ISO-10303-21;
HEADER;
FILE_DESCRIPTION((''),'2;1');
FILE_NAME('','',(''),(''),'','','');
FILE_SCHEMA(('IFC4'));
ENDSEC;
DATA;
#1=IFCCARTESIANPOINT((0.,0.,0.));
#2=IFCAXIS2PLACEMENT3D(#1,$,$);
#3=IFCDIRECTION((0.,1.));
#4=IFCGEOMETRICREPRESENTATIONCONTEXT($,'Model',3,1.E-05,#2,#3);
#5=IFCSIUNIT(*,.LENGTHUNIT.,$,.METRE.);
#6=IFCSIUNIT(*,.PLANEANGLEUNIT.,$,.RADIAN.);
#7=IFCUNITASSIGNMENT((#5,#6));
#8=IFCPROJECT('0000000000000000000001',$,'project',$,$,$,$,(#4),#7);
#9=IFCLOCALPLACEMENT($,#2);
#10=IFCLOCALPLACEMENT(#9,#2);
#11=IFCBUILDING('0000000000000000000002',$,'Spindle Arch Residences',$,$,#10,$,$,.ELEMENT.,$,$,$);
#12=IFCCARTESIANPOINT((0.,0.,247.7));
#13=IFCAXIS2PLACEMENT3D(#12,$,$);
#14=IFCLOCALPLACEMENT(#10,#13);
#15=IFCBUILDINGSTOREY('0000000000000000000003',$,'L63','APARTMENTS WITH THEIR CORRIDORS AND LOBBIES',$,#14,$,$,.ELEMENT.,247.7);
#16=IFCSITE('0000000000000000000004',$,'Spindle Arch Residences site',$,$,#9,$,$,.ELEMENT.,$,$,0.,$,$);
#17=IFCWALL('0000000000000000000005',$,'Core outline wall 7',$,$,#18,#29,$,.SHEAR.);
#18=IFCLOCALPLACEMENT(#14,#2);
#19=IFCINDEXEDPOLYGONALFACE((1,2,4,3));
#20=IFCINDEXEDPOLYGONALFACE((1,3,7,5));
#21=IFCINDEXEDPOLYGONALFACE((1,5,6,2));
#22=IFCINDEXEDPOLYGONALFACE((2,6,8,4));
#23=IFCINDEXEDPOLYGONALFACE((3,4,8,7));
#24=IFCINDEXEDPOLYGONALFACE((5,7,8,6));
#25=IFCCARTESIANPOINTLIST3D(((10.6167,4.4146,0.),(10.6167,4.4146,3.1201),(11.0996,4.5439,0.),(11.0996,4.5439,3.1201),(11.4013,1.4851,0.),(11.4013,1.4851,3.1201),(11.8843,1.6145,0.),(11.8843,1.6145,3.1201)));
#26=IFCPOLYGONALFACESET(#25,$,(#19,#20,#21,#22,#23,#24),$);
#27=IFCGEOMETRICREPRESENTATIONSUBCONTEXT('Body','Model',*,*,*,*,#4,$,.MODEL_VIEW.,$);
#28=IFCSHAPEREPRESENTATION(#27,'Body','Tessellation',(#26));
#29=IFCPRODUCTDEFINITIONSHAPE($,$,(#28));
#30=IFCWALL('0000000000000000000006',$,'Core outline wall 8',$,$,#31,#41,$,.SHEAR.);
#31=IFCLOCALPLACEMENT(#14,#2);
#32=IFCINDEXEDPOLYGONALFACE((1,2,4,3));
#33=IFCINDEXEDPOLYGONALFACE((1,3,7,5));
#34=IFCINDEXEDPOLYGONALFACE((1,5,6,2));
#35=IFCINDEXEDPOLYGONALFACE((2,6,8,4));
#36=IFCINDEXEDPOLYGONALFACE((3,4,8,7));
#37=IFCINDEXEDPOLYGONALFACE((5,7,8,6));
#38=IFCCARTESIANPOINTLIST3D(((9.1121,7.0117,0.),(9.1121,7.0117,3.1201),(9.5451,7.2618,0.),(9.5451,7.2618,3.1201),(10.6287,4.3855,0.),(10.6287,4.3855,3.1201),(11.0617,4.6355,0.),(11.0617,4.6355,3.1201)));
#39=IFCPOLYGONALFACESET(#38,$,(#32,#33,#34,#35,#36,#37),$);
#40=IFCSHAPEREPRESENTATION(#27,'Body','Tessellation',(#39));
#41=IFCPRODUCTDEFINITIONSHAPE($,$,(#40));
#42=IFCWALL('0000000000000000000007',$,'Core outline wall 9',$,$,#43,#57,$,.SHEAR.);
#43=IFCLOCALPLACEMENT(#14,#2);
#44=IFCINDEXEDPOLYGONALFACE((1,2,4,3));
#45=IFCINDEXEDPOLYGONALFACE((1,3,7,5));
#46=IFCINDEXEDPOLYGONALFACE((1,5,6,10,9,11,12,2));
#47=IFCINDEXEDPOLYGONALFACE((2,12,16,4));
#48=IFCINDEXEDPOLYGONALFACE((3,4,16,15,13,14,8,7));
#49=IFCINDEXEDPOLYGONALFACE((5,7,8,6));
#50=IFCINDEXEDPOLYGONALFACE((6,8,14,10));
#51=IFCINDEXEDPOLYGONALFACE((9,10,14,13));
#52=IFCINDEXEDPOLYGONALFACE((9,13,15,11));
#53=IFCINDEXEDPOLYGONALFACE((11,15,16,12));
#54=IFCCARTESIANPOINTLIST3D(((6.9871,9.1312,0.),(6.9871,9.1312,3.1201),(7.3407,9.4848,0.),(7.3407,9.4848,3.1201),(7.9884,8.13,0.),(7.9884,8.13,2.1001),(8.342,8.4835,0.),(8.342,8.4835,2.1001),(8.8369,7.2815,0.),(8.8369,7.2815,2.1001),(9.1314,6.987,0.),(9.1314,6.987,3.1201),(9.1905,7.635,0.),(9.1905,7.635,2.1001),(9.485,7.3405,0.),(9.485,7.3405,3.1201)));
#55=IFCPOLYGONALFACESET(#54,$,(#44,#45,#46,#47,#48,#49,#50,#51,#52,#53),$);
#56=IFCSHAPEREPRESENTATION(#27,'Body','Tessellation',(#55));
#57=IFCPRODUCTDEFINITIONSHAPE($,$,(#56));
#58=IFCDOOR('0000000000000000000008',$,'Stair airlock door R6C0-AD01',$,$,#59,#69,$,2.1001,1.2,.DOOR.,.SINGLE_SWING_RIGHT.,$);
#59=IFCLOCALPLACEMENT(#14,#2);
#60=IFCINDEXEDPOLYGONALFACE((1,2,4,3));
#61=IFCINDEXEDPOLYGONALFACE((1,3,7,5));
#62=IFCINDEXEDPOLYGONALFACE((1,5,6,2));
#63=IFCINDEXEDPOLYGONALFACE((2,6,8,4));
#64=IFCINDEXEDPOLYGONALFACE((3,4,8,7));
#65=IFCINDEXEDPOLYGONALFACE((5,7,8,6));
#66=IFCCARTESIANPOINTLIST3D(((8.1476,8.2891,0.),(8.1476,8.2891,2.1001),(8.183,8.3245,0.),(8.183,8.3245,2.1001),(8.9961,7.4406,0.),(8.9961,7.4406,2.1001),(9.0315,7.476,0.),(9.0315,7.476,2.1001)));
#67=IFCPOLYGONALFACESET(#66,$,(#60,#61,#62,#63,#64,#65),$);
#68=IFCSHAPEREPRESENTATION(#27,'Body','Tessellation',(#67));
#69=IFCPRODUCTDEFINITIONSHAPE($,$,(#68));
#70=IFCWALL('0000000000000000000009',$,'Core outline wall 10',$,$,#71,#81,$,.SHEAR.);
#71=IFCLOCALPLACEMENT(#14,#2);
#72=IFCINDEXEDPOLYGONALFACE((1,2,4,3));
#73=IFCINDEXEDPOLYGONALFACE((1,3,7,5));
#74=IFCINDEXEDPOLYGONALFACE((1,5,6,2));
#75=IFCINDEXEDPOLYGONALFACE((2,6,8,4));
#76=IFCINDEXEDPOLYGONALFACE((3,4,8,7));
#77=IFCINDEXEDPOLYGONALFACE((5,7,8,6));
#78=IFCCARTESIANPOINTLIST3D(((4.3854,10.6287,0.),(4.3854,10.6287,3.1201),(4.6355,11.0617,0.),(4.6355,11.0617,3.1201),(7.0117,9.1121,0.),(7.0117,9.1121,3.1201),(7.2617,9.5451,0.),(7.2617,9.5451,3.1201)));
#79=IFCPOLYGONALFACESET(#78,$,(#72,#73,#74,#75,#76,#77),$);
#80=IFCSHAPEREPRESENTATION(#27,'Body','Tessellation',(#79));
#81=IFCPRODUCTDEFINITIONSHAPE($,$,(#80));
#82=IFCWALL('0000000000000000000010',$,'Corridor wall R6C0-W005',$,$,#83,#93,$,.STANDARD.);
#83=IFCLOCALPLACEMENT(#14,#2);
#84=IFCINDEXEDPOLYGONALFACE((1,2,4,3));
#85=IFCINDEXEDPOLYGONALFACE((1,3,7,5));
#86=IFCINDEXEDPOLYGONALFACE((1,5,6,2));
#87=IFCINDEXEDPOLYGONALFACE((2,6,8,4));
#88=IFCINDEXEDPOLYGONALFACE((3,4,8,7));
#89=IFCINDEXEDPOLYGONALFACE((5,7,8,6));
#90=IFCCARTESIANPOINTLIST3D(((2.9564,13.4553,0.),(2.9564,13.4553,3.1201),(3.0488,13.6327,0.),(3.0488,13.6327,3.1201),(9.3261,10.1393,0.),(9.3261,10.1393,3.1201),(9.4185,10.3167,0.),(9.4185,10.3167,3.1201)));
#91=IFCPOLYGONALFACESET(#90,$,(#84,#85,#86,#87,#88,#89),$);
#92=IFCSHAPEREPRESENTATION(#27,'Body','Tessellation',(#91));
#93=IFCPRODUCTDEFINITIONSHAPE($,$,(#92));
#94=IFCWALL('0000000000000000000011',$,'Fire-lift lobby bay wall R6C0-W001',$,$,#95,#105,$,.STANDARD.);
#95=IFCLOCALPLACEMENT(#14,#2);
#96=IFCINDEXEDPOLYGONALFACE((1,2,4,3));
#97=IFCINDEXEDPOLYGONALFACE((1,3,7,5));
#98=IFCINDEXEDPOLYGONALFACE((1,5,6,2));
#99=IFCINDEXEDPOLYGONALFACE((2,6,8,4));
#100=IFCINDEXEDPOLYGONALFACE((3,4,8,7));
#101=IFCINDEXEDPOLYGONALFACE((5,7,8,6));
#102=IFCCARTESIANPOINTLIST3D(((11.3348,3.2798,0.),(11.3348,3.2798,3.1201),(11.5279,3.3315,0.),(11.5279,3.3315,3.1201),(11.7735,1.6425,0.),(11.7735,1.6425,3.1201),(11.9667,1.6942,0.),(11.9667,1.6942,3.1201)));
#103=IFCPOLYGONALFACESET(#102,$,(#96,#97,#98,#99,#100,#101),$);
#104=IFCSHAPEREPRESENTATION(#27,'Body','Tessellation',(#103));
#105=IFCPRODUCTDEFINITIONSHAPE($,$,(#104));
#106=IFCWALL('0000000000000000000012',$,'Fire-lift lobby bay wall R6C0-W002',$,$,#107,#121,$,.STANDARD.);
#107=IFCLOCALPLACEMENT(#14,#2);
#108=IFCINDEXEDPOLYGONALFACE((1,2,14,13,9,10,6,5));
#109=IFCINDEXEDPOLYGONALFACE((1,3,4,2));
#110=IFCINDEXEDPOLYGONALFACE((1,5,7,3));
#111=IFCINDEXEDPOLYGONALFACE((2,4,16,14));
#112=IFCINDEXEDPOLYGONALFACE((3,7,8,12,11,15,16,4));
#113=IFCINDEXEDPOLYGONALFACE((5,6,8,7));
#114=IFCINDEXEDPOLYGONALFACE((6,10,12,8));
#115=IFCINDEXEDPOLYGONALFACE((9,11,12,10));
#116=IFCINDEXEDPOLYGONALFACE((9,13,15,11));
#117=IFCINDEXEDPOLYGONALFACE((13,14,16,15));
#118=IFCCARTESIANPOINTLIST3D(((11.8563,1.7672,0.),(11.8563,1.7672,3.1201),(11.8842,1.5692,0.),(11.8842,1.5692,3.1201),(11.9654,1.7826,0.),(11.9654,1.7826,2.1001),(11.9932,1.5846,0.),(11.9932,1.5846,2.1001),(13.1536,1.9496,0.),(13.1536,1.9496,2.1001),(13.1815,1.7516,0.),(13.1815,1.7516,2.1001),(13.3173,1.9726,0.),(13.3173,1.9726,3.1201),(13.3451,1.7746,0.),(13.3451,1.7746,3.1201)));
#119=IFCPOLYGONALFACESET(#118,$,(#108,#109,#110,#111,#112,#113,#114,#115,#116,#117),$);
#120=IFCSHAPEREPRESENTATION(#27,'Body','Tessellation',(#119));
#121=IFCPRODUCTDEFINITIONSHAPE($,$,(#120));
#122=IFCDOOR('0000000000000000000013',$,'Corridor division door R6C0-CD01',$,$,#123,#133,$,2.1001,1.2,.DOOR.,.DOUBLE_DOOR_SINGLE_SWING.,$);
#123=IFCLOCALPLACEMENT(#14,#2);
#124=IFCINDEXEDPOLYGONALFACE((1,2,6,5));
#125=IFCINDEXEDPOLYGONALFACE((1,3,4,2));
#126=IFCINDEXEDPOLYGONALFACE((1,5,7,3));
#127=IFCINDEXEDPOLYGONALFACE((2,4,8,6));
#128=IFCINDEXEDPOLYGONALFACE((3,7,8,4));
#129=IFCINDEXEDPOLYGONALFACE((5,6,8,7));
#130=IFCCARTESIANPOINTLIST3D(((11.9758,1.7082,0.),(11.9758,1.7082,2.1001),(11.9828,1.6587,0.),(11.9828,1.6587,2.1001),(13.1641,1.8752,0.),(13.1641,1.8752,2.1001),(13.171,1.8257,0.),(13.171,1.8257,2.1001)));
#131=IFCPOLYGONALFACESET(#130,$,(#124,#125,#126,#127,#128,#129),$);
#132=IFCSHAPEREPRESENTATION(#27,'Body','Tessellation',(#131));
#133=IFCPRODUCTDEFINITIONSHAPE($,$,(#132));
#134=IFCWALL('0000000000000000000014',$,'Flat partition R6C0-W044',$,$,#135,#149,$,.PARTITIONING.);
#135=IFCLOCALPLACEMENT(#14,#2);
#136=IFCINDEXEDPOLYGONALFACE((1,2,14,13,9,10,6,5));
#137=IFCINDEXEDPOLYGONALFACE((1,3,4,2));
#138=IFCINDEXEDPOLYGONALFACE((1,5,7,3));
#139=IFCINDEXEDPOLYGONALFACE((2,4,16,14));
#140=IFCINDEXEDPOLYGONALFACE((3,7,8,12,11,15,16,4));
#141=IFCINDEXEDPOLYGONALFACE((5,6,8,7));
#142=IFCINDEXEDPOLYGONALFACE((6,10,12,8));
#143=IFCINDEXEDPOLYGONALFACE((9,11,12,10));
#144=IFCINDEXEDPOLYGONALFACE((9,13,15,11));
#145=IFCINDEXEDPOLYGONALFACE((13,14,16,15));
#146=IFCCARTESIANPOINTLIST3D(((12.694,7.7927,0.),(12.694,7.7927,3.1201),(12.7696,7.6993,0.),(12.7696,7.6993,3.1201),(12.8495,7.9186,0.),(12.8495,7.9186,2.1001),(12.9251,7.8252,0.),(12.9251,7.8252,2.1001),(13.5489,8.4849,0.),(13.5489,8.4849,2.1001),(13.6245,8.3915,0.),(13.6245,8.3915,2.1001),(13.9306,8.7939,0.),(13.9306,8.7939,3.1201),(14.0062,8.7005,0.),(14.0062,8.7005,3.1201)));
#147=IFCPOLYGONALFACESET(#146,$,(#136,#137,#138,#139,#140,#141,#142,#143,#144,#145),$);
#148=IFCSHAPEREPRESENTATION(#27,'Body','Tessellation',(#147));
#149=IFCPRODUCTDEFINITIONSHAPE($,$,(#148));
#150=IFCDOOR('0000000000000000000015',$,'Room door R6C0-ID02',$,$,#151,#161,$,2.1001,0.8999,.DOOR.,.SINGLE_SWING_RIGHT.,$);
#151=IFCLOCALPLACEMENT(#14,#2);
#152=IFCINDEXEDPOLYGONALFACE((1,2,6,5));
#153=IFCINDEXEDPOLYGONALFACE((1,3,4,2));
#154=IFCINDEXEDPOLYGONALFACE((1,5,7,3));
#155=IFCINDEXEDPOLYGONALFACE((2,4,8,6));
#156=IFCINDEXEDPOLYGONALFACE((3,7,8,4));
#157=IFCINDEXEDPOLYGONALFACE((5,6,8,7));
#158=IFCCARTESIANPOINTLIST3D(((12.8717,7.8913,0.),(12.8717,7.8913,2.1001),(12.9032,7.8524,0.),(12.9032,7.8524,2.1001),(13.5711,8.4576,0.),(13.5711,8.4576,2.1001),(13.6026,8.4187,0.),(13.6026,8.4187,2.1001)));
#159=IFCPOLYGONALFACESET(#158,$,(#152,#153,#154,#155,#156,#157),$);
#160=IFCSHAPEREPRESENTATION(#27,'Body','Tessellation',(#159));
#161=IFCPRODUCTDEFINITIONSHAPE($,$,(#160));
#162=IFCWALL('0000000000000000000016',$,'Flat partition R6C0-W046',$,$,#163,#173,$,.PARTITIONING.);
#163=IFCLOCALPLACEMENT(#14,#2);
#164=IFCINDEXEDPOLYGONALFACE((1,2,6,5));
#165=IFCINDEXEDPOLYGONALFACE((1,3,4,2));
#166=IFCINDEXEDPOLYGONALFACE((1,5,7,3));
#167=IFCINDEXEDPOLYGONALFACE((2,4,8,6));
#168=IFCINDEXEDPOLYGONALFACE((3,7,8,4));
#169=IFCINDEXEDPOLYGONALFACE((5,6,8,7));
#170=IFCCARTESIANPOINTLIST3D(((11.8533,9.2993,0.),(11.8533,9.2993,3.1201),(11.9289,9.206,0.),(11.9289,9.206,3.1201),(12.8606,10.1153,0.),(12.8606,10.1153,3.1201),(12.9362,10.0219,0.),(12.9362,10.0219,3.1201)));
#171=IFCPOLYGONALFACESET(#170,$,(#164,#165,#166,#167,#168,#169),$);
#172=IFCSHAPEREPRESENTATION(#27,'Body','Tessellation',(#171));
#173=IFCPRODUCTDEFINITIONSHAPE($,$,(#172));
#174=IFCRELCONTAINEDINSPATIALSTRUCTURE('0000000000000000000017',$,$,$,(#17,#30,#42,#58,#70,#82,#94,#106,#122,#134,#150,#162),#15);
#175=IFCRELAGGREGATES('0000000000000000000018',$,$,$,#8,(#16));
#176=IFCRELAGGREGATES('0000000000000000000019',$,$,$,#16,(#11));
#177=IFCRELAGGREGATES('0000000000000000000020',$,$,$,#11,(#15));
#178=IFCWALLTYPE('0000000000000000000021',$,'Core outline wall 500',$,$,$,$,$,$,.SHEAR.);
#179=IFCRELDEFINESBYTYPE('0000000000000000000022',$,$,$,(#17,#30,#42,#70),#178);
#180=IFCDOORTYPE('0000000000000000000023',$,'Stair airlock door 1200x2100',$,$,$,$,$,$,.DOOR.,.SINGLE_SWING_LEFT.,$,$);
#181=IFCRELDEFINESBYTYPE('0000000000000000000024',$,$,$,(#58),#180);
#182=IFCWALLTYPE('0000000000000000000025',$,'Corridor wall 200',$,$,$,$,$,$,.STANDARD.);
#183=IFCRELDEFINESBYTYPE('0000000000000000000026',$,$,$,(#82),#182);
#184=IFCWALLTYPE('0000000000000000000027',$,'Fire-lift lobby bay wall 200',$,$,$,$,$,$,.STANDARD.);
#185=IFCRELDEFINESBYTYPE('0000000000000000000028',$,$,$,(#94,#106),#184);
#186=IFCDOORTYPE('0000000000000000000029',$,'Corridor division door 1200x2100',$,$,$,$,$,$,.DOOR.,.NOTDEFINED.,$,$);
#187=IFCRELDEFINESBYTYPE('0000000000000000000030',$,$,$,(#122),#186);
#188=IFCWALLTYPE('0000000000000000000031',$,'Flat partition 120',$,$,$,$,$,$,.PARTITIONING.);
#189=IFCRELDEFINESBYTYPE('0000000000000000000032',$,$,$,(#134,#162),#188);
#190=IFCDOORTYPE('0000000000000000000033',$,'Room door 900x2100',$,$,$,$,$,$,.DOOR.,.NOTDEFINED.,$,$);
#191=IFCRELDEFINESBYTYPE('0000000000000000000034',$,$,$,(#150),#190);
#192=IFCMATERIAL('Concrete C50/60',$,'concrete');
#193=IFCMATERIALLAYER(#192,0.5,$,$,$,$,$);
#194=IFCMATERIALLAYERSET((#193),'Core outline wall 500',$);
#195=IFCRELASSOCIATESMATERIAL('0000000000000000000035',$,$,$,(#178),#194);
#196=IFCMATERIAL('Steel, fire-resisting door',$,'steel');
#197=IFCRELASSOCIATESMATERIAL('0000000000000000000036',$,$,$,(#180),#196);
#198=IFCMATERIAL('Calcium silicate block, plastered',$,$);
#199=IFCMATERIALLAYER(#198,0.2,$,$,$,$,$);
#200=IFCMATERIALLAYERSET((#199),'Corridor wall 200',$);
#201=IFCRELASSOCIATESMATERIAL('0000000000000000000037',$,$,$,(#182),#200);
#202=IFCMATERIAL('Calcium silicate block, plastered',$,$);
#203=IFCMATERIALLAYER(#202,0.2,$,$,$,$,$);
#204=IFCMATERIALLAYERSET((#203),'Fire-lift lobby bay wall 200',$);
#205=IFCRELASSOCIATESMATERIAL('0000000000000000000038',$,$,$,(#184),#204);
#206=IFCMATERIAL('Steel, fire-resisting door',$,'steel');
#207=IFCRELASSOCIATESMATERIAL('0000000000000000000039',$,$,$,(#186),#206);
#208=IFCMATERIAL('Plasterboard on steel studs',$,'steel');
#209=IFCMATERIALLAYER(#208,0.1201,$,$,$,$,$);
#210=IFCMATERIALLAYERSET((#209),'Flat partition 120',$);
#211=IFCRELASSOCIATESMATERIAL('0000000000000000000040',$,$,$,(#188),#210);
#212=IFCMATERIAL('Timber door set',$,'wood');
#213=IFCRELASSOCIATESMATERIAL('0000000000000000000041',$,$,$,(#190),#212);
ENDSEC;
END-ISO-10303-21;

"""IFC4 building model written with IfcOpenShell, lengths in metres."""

from ifc_helpers import new_model, si_unit, direction, frame, frame_2d, origin, place, context, subcontext, project, spatial, rectangle, extrude, material, layer, layer_set, type_object, element, fill, save


model = new_model("IFC4")

# Units and contexts
model_context = context("Model", 3, precision=1e-05, world=origin(), true_north=direction((0.0, 1.0)))
body_context = subcontext(model_context, "Body", "Model", "MODEL_VIEW")
ifc_project = project(units=[si_unit("LENGTHUNIT", "METRE"), si_unit("PLANEANGLEUNIT", "RADIAN")], contexts=[model_context])

# Site, building, storey
site_placement = place(None, origin())
site = spatial("IfcSite", under=ifc_project, at=site_placement, Name="Spindle Arch Residences site", CompositionType="ELEMENT", RefElevation=0.0)
building_placement = place(site_placement, origin())
building = spatial("IfcBuilding", under=site, at=building_placement, Name="Spindle Arch Residences", CompositionType="ELEMENT")
storey_placement = place(building_placement, frame((0.0, 0.0, 247.7)))
storey = spatial("IfcBuildingStorey", under=building, at=storey_placement, Name="L63", Description="APARTMENTS WITH THEIR CORRIDORS AND LOBBIES", CompositionType="ELEMENT", Elevation=247.7)

# Walls
ifc_material_1 = material(Name="Concrete C50/60", Category="concrete")
ifc_layer_1 = layer(ifc_material_1, 0.5)
ifc_layer_set_1 = layer_set([ifc_layer_1], Name="Core outline wall 500")
wall_type_1 = type_object("IfcWallType", Name="Core outline wall 500", PredefinedType="SHEAR", material=ifc_layer_set_1)
for number, where, z_axis, x_axis, name in (
    (1, (11.6428, 1.5498, 0.0), (0.0, 0.0, 1.0), (-0.258735, 0.965948, 0.0), "Core outline wall 7"),
    (2, (10.8452, 4.5105, 0.0), (0.0, 0.0, 1.0), (-0.500087, 0.865975, 0.0), "Core outline wall 8"),
):
    element("IfcWall", number, at=place(storey_placement, frame(where, z_axis=z_axis, x_axis=x_axis)), inside=storey, type_object=wall_type_1, Name=name, PredefinedType="SHEAR", context=body_context, shape_type="SweptSolid", body=[
        extrude(rectangle(XDim=3.0327, YDim=0.5, at=frame_2d((1.5164, 0.0))), origin(), (0.0, 0.0, 1.0), 3.1201),
    ])

# Wall, opening, door
wall_1_placement = place(storey_placement, frame((9.3081, 7.1638, 0.0), z_axis=(0.0, 0.0, 1.0), x_axis=(-0.707107, 0.707107, 0.0)))
wall_1 = element("IfcWall", 3, at=wall_1_placement, inside=storey, type_object=wall_type_1, Name="Core outline wall 9", PredefinedType="SHEAR", context=body_context, shape_type="SweptSolid", body=[
    extrude(rectangle(XDim=3.0325, YDim=0.5, at=frame_2d((1.5161, 0.0))), origin(), (0.0, 0.0, 1.0), 3.1201),
])
opening_1_placement = place(wall_1_placement, frame((0.4163, 0.0, 0.0)))
opening_1 = element("IfcOpeningElement", 4, at=opening_1_placement, cuts=wall_1, PredefinedType="OPENING", context=body_context, shape_type="SweptSolid", body=[
    extrude(rectangle(XDim=1.2, YDim=2.1001, at=frame_2d((0.6001, 1.05))), frame((0.0, 0.26, 0.0), z_axis=(0.0, -1.0, 0.0), x_axis=(1.0, 0.0, 0.0)), (0.0, 0.0, 1.0), 0.52),
])
ifc_material_2 = material(Name="Steel, fire-resisting door", Category="steel")
door_type_1 = type_object("IfcDoorType", Name="Stair airlock door 1200x2100", OperationType="SINGLE_SWING_LEFT", PredefinedType="DOOR", material=ifc_material_2)
door_1_placement = place(opening_1_placement, origin())
door_1 = element("IfcDoor", 5, at=door_1_placement, inside=storey, type_object=door_type_1, Name="Stair airlock door R6C0-AD01", OperationType="SINGLE_SWING_RIGHT", OverallHeight=2.1001, OverallWidth=1.2, PredefinedType="DOOR", context=body_context, shape_type="SweptSolid", body=[
    extrude(rectangle(XDim=1.2, YDim=2.1001, at=frame_2d((0.6001, 1.05))), frame((0.0, 0.0249, 0.0), z_axis=(0.0, -1.0, 0.0), x_axis=(1.0, 0.0, 0.0)), (0.0, 0.0, 1.0), 0.05),
])
fill(opening_1, door_1)

# Walls
wall_2_placement = place(storey_placement, frame((7.1367, 9.3286, 0.0), z_axis=(0.0, 0.0, 1.0), x_axis=(-0.865975, 0.500087, 0.0)))
element("IfcWall", 6, at=wall_2_placement, inside=storey, type_object=wall_type_1, Name="Core outline wall 10", PredefinedType="SHEAR", context=body_context, shape_type="SweptSolid", body=[
    extrude(rectangle(XDim=3.0327, YDim=0.5, at=frame_2d((1.5164, 0.0))), origin(), (0.0, 0.0, 1.0), 3.1201),
])
ifc_material_3 = material(Name="Calcium silicate block, plastered")
ifc_layer_2 = layer(ifc_material_3, 0.2)
ifc_layer_set_2 = layer_set([ifc_layer_2], Name="Corridor wall 200")
wall_type_2 = type_object("IfcWallType", Name="Corridor wall 200", PredefinedType="STANDARD", material=ifc_layer_set_2)
wall_3_placement = place(storey_placement, frame((9.3723, 10.228, 0.0), z_axis=(0.0, 0.0, 1.0), x_axis=(-0.887005, 0.461759, 0.0)))
element("IfcWall", 7, at=wall_3_placement, inside=storey, type_object=wall_type_2, Name="Corridor wall R6C0-W005", PredefinedType="STANDARD", context=body_context, shape_type="SweptSolid", body=[
    extrude(rectangle(XDim=7.1812, YDim=0.2, at=frame_2d((3.5906, 0.0))), origin(), (0.0, 0.0, 1.0), 3.1201),
])
ifc_material_4 = material(Name="Calcium silicate block, plastered")
ifc_layer_3 = layer(ifc_material_4, 0.2)
ifc_layer_set_3 = layer_set([ifc_layer_3], Name="Fire-lift lobby bay wall 200")
wall_type_3 = type_object("IfcWallType", Name="Fire-lift lobby bay wall 200", PredefinedType="STANDARD", material=ifc_layer_set_3)
wall_4_placement = place(storey_placement, frame((11.8701, 1.6682, 0.0), z_axis=(0.0, 0.0, 1.0), x_axis=(-0.258837, 0.965921, 0.0)))
element("IfcWall", 8, at=wall_4_placement, inside=storey, type_object=wall_type_3, Name="Fire-lift lobby bay wall R6C0-W001", PredefinedType="STANDARD", context=body_context, shape_type="SweptSolid", body=[
    extrude(rectangle(XDim=1.6951, YDim=0.2, at=frame_2d((0.8477, 0.0))), origin(), (0.0, 0.0, 1.0), 3.1201),
])

# Walls, openings, doors
wall_5_placement = place(storey_placement, frame((11.8701, 1.6682, 0.0), z_axis=(0.0, 0.0, 1.0), x_axis=(0.990268, 0.139174, 0.0)))
wall_5 = element("IfcWall", 9, at=wall_5_placement, inside=storey, type_object=wall_type_3, Name="Fire-lift lobby bay wall R6C0-W002", PredefinedType="STANDARD", context=body_context, shape_type="SweptSolid", body=[
    extrude(rectangle(XDim=1.4753, YDim=0.2, at=frame_2d((0.7378, 0.0))), origin(), (0.0, 0.0, 1.0), 3.1201),
])
opening_2_placement = place(wall_5_placement, frame((0.1101, 0.0, 0.0)))
opening_2 = element("IfcOpeningElement", 10, at=opening_2_placement, cuts=wall_5, PredefinedType="OPENING", context=body_context, shape_type="SweptSolid", body=[
    extrude(rectangle(XDim=1.2, YDim=2.1001, at=frame_2d((0.6001, 1.05))), frame((0.0, 0.1099, 0.0), z_axis=(0.0, -1.0, 0.0), x_axis=(1.0, 0.0, 0.0)), (0.0, 0.0, 1.0), 0.22),
])
ifc_material_5 = material(Name="Steel, fire-resisting door", Category="steel")
door_type_2 = type_object("IfcDoorType", Name="Corridor division door 1200x2100", OperationType="NOTDEFINED", PredefinedType="DOOR", material=ifc_material_5)
door_2_placement = place(opening_2_placement, origin())
door_2 = element("IfcDoor", 11, at=door_2_placement, inside=storey, type_object=door_type_2, Name="Corridor division door R6C0-CD01", OperationType="DOUBLE_DOOR_SINGLE_SWING", OverallHeight=2.1001, OverallWidth=1.2, PredefinedType="DOOR", context=body_context, shape_type="SweptSolid", body=[
    extrude(rectangle(XDim=1.2, YDim=2.1001, at=frame_2d((0.6001, 1.05))), frame((0.0, 0.0249, 0.0), z_axis=(0.0, -1.0, 0.0), x_axis=(1.0, 0.0, 0.0)), (0.0, 0.0, 1.0), 0.05),
])
fill(opening_2, door_2)
ifc_material_6 = material(Name="Plasterboard on steel studs", Category="steel")
ifc_layer_4 = layer(ifc_material_6, 0.1201)
ifc_layer_set_4 = layer_set([ifc_layer_4], Name="Flat partition 120")
wall_type_4 = type_object("IfcWallType", Name="Flat partition 120", PredefinedType="PARTITIONING", material=ifc_layer_set_4)
wall_6_placement = place(storey_placement, frame((12.7319, 7.7461, 0.0), z_axis=(0.0, 0.0, 1.0), x_axis=(0.777188, 0.629269, 0.0)))
wall_6 = element("IfcWall", 12, at=wall_6_placement, inside=storey, type_object=wall_type_4, Name="Flat partition R6C0-W044", PredefinedType="PARTITIONING", context=body_context, shape_type="SweptSolid", body=[
    extrude(rectangle(XDim=1.5911, YDim=0.1201, at=frame_2d((0.7954, 0.0))), origin(), (0.0, 0.0, 1.0), 3.1201),
])
opening_3_placement = place(wall_6_placement, frame((0.2, 0.0, 0.0)))
opening_3 = element("IfcOpeningElement", 13, at=opening_3_placement, cuts=wall_6, PredefinedType="OPENING", context=body_context, shape_type="SweptSolid", body=[
    extrude(rectangle(XDim=0.8999, YDim=2.1001, at=frame_2d((0.45, 1.05))), frame((0.0, 0.0701, 0.0), z_axis=(0.0, -1.0, 0.0), x_axis=(1.0, 0.0, 0.0)), (0.0, 0.0, 1.0), 0.1401),
])
ifc_material_7 = material(Name="Timber door set", Category="wood")
door_type_3 = type_object("IfcDoorType", Name="Room door 900x2100", OperationType="NOTDEFINED", PredefinedType="DOOR", material=ifc_material_7)
door_3_placement = place(opening_3_placement, origin())
door_3 = element("IfcDoor", 14, at=door_3_placement, inside=storey, type_object=door_type_3, Name="Room door R6C0-ID02", OperationType="SINGLE_SWING_RIGHT", OverallHeight=2.1001, OverallWidth=0.8999, PredefinedType="DOOR", context=body_context, shape_type="SweptSolid", body=[
    extrude(rectangle(XDim=0.8999, YDim=2.1001, at=frame_2d((0.45, 1.05))), frame((0.0, 0.0249, 0.0), z_axis=(0.0, -1.0, 0.0), x_axis=(1.0, 0.0, 0.0)), (0.0, 0.0, 1.0), 0.05),
])
fill(opening_3, door_3)

# Wall
wall_7_placement = place(storey_placement, frame((12.8984, 10.0686, 0.0), z_axis=(0.0, 0.0, 1.0), x_axis=(-0.777069, -0.629415, 0.0)))
element("IfcWall", 15, at=wall_7_placement, inside=storey, type_object=wall_type_4, Name="Flat partition R6C0-W046", PredefinedType="PARTITIONING", context=body_context, shape_type="SweptSolid", body=[
    extrude(rectangle(XDim=1.2964, YDim=0.1201, at=frame_2d((0.6482, 0.0))), origin(), (0.0, 0.0, 1.0), 3.1201),
])

save(model, "model.ifc")
